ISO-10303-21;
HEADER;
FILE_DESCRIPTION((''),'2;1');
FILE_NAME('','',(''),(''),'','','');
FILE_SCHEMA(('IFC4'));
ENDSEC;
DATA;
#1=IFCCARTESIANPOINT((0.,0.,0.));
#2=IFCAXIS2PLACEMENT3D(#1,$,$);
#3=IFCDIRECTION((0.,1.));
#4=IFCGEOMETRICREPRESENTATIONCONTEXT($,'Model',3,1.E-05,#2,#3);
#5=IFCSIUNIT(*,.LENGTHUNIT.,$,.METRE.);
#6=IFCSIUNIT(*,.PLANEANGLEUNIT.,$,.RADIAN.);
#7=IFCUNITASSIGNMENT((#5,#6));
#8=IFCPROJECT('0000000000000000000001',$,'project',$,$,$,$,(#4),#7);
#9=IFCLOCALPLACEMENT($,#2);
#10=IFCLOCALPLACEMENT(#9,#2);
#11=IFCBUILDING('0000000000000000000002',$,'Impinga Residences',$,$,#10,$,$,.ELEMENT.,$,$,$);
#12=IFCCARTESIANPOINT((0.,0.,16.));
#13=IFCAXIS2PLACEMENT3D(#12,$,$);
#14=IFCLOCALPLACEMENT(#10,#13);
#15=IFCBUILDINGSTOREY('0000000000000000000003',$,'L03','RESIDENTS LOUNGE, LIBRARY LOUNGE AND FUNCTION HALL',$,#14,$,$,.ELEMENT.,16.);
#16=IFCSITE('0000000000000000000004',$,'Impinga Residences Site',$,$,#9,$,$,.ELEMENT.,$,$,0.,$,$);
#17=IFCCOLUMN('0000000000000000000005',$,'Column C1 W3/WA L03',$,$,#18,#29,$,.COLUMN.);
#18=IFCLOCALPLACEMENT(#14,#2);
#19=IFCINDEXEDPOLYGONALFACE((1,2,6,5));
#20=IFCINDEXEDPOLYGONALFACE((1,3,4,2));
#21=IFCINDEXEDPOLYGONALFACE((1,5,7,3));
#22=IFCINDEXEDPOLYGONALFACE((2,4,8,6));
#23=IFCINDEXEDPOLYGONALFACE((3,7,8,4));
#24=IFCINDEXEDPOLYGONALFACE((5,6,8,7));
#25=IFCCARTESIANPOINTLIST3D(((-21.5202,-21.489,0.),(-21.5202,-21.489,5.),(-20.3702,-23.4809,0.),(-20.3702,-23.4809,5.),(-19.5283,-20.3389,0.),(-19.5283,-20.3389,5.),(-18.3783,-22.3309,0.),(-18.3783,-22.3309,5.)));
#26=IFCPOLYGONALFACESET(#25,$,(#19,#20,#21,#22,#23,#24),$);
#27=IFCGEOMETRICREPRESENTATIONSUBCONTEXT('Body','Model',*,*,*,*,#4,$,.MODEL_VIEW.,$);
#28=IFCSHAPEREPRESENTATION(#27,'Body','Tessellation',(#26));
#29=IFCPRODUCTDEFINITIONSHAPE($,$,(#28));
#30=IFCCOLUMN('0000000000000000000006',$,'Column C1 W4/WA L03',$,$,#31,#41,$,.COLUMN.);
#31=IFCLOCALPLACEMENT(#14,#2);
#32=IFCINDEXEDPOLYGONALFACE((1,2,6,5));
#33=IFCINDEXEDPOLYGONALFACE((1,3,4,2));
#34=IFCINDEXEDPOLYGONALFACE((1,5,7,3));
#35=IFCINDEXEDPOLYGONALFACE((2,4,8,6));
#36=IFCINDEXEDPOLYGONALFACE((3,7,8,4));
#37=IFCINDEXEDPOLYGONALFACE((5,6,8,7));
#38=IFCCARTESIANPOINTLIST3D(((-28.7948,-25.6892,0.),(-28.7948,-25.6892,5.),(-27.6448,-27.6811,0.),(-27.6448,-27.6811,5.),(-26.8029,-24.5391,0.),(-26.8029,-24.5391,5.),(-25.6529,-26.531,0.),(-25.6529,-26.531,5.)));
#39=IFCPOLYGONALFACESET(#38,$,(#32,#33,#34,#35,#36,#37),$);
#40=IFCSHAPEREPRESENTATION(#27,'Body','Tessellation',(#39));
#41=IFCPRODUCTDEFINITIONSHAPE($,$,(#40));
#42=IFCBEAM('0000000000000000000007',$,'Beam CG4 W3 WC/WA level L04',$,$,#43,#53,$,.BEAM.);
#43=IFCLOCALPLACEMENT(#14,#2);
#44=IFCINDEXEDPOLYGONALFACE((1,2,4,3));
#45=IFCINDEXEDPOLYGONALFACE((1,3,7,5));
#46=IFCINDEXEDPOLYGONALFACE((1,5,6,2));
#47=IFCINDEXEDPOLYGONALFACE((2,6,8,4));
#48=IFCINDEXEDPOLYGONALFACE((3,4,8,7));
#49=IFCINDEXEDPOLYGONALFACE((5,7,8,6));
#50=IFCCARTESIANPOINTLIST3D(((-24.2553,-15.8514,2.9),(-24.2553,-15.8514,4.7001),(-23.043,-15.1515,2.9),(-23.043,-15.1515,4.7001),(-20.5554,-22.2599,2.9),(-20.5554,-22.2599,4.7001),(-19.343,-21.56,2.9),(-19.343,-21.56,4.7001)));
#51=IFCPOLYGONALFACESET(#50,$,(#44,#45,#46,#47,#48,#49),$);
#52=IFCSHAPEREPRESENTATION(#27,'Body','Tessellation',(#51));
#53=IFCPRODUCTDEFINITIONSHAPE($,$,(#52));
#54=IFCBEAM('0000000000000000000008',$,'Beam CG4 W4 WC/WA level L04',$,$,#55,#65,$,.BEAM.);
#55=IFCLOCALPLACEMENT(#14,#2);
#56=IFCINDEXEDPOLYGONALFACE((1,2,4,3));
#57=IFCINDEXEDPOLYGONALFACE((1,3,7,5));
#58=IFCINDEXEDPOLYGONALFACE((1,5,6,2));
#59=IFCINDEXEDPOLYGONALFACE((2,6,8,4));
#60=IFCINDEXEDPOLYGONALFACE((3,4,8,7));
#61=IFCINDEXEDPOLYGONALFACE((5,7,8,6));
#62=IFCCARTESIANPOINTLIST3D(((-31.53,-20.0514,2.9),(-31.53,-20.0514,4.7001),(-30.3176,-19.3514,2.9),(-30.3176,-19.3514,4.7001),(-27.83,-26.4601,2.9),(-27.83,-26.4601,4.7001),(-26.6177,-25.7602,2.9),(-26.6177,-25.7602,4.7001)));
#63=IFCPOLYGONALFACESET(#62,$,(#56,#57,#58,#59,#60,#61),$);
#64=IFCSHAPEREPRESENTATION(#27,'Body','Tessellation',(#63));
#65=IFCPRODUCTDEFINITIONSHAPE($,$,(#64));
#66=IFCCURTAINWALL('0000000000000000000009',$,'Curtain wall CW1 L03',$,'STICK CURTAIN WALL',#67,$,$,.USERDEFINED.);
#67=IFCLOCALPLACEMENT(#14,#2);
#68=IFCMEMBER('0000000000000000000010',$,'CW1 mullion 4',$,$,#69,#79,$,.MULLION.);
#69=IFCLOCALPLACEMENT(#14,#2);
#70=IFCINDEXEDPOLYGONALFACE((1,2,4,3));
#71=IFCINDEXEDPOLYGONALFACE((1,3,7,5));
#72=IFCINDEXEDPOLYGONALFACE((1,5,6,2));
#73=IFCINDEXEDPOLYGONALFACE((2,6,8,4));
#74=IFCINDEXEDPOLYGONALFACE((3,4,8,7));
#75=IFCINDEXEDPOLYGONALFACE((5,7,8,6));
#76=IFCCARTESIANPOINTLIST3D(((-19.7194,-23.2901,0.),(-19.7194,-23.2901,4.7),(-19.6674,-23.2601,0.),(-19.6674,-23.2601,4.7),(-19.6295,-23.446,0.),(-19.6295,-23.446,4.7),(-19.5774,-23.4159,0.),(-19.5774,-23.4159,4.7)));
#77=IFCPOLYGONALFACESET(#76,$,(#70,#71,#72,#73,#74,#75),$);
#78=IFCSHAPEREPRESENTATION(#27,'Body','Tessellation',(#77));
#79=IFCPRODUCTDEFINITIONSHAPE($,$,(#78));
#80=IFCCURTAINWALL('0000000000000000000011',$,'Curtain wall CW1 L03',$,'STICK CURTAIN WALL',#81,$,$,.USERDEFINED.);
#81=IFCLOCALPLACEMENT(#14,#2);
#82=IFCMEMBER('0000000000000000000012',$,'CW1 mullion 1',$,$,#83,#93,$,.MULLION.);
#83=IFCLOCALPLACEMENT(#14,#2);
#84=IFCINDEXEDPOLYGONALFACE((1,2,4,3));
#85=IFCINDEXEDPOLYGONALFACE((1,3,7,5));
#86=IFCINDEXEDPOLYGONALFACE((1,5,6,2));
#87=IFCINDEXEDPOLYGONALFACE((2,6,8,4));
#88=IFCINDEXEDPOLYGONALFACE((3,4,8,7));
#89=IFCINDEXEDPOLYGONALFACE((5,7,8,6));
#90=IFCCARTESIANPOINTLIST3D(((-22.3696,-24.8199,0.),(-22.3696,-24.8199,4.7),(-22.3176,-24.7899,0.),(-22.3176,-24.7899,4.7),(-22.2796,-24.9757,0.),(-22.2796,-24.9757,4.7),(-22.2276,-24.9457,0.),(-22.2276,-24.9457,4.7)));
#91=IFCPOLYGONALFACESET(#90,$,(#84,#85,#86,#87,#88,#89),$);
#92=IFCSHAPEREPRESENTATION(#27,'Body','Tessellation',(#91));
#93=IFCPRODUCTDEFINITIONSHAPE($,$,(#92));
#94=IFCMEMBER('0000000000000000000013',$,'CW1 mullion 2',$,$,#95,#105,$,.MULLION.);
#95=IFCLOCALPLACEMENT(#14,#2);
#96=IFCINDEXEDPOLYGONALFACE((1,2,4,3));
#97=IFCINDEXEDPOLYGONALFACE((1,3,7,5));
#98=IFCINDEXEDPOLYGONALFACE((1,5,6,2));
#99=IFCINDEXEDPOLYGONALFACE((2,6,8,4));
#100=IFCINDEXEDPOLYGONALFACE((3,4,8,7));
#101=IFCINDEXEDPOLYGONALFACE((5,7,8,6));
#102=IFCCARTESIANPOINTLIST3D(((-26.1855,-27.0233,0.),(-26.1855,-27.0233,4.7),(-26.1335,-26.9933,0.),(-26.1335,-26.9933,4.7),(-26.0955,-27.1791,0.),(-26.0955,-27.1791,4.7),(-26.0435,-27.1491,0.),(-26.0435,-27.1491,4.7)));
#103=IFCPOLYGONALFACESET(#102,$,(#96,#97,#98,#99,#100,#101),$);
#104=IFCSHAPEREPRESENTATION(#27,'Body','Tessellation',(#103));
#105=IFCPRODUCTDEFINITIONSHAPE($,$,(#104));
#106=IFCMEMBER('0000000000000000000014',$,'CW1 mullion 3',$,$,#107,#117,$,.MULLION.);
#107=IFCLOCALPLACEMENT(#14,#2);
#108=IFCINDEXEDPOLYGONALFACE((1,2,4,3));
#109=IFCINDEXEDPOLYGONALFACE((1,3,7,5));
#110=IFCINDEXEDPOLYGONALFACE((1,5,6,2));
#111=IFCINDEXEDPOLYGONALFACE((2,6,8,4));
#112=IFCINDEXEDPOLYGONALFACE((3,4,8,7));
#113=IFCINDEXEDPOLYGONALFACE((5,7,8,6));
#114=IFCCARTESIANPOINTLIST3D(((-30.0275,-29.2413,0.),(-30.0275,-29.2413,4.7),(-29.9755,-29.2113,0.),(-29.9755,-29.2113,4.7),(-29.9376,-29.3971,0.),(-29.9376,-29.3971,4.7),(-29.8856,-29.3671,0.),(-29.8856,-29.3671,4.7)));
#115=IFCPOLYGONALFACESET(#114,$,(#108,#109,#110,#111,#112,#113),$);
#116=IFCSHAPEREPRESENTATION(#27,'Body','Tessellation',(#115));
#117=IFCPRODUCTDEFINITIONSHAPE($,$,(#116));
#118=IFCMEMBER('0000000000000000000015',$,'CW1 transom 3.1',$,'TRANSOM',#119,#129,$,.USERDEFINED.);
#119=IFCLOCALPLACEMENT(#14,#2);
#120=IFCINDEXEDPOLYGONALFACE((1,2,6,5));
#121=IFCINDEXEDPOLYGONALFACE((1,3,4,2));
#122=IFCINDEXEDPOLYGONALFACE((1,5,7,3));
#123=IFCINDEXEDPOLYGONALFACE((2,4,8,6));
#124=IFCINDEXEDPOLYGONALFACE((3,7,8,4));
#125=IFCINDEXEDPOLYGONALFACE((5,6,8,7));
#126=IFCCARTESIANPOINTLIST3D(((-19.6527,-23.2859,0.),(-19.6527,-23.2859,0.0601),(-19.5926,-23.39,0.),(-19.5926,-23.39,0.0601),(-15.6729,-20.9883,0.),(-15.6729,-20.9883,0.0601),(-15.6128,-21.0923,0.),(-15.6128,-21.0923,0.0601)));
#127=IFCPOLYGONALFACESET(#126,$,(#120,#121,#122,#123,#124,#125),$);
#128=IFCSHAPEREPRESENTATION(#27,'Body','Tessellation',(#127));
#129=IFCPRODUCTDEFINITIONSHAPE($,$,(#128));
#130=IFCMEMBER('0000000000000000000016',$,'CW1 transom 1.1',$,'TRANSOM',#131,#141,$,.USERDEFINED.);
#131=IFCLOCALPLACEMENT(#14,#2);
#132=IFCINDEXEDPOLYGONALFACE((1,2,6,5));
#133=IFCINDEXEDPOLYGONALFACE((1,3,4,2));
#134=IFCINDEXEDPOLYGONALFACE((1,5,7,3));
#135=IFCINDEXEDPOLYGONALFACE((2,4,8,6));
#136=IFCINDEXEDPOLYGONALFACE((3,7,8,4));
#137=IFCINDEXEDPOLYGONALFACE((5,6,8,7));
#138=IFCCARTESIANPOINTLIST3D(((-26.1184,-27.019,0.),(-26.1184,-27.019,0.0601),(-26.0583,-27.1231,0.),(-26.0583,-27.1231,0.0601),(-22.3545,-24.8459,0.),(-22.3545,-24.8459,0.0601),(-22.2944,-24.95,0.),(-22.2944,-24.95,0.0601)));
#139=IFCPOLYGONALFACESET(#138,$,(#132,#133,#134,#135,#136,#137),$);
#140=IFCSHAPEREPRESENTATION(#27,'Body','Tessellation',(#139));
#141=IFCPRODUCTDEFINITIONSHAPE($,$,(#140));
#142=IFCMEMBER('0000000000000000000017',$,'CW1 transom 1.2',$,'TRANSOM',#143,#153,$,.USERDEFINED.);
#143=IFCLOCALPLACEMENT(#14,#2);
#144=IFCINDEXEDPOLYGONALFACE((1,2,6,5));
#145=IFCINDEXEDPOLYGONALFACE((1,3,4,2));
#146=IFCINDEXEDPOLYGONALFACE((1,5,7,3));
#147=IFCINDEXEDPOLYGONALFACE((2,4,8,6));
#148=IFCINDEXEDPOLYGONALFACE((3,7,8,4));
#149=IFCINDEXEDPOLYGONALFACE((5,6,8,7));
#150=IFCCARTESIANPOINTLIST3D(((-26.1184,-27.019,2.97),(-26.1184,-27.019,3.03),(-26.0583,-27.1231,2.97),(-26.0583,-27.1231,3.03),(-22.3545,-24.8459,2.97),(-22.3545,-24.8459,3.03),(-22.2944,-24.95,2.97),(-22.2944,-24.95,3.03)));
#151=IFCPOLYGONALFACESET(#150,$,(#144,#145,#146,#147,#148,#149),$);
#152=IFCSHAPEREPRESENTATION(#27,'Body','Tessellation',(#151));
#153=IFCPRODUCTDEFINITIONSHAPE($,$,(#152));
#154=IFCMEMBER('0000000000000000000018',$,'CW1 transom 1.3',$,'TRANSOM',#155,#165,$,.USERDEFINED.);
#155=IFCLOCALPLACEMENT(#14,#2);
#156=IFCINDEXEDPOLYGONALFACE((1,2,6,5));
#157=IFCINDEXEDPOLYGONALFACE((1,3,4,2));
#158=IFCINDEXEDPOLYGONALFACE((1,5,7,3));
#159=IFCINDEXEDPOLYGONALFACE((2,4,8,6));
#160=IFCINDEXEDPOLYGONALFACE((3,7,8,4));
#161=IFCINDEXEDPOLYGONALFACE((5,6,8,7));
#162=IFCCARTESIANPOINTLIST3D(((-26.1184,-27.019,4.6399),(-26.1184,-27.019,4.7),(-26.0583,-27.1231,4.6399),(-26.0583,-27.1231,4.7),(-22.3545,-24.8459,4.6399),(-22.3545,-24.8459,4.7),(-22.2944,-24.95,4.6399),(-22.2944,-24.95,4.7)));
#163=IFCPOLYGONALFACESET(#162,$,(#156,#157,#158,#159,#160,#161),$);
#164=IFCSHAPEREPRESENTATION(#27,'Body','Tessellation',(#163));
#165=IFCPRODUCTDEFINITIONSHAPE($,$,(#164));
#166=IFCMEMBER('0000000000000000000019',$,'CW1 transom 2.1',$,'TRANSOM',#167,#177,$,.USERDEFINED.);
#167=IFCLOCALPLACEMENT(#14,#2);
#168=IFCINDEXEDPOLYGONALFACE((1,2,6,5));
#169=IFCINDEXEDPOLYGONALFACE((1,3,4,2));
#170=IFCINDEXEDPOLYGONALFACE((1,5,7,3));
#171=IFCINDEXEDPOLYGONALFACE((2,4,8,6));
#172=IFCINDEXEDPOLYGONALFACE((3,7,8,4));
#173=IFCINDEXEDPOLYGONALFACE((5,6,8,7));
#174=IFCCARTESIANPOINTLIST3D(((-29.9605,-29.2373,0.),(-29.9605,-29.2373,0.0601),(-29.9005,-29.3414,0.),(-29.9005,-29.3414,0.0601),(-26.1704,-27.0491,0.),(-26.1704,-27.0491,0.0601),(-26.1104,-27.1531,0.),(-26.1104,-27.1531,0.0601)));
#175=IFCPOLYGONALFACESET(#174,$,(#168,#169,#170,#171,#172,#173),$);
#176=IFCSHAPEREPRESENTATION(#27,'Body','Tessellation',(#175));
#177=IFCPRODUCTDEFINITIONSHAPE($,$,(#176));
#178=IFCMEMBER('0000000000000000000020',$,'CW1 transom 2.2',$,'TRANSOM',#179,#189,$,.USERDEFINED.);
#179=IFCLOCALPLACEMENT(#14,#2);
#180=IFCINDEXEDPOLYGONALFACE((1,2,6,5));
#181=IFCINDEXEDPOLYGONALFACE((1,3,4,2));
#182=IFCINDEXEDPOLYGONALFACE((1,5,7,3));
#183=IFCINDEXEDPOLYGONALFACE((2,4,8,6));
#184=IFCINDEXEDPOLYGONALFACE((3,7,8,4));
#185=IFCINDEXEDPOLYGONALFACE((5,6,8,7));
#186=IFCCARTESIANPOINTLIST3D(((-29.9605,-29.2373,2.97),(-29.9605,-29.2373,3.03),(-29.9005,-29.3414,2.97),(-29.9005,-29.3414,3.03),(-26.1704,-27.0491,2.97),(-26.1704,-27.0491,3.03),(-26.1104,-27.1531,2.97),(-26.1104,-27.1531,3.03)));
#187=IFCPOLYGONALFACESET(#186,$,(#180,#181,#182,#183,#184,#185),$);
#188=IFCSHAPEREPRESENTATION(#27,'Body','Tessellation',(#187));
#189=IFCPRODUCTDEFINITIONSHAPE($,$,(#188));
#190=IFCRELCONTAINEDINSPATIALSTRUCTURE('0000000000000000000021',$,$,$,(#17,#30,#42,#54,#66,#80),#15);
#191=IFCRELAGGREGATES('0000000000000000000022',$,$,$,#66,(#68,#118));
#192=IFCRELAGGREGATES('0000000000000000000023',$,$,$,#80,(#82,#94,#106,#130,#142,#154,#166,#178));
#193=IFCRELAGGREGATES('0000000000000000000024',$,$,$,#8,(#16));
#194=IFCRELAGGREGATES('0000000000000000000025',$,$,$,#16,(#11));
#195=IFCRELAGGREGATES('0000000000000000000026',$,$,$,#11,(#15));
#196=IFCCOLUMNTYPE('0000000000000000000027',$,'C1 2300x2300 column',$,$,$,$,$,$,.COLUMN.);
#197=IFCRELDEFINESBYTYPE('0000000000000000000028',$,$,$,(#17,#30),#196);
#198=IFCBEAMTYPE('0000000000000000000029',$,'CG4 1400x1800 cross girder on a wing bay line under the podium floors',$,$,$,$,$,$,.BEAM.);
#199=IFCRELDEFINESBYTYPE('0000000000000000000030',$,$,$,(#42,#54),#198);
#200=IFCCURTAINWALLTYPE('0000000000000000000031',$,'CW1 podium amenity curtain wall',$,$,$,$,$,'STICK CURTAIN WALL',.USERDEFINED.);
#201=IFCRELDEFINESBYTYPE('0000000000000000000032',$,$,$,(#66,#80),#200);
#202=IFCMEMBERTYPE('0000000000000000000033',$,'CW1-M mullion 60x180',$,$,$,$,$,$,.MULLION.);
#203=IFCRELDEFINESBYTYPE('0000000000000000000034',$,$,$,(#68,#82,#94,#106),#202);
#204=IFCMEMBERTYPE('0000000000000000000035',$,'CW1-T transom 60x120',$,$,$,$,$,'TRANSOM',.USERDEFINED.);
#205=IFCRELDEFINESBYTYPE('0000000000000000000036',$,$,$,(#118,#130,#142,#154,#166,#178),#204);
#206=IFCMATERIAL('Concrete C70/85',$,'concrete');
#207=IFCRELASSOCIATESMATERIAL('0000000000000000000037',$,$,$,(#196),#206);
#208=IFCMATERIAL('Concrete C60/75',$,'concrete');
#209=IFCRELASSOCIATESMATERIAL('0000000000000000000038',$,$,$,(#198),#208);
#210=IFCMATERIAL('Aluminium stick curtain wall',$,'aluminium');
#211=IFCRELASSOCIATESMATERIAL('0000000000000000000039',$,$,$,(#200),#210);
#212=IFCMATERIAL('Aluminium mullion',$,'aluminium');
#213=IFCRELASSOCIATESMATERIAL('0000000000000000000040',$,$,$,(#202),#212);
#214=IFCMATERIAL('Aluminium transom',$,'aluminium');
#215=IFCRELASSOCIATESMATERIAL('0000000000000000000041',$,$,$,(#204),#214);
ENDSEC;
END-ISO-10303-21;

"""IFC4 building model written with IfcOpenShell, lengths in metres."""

from ifc_helpers import new_model, si_unit, direction, frame, origin, origin_2d, place, context, subcontext, project, spatial, rectangle, extrude, material, material_profile, profile_set, type_object, element, aggregate, save


model = new_model("IFC4")

# Units and contexts
model_context = context("Model", 3, precision=1e-05, world=origin(), true_north=direction((0.0, 1.0)))
body_context = subcontext(model_context, "Body", "Model", "MODEL_VIEW")
ifc_project = project(units=[si_unit("LENGTHUNIT", "METRE"), si_unit("PLANEANGLEUNIT", "RADIAN")], contexts=[model_context])

# Site, building, storey
site_placement = place(None, origin())
site = spatial("IfcSite", under=ifc_project, at=site_placement, Name="Impinga Residences Site", CompositionType="ELEMENT", RefElevation=0.0)
building_placement = place(site_placement, origin())
building = spatial("IfcBuilding", under=site, at=building_placement, Name="Impinga Residences", CompositionType="ELEMENT")
storey_placement = place(building_placement, frame((0.0, 0.0, 16.0)))
storey = spatial("IfcBuildingStorey", under=building, at=storey_placement, Name="L03", Description="RESIDENTS LOUNGE, LIBRARY LOUNGE AND FUNCTION HALL", CompositionType="ELEMENT", Elevation=16.0)

# Columns
ifc_material_1 = material(Name="Concrete C70/85", Category="concrete")
ifc_material_profile_1 = material_profile(ifc_material_1, rectangle(XDim=2.3, YDim=2.3, at=origin_2d()), Name="RC 2300x2300")
ifc_profile_set_1 = profile_set([ifc_material_profile_1], Name="Concrete C70/85")
column_type = type_object("IfcColumnType", Name="C1 2300x2300 column", PredefinedType="COLUMN", material=ifc_profile_set_1)
for number, where, z_axis, x_axis, name in (
    (1, (-19.9492, -21.9099, 0.0), (0.0, 0.0, 1.0), (-0.5, 0.866025, 0.0), "Column C1 W3/WA L03"),
    (2, (-27.2239, -26.1101, 0.0), (0.0, 0.0, 1.0), (-0.5, 0.866025, 0.0), "Column C1 W4/WA L03"),
):
    element("IfcColumn", number, at=place(storey_placement, frame(where, z_axis=z_axis, x_axis=x_axis)), inside=storey, type_object=column_type, Name=name, PredefinedType="COLUMN", context=body_context, shape_type="SweptSolid", body=[
        extrude(rectangle(XDim=2.3, YDim=2.3, at=origin_2d()), origin(), (0.0, 0.0, 1.0), 5.0),
    ])

# Beams
ifc_material_2 = material(Name="Concrete C60/75", Category="concrete")
ifc_material_profile_2 = material_profile(ifc_material_2, rectangle(XDim=1.3999, YDim=1.8, at=origin_2d()), Name="RC 1400x1800")
ifc_profile_set_2 = profile_set([ifc_material_profile_2], Name="Concrete C60/75")
beam_type_1 = type_object("IfcBeamType", Name="CG4 1400x1800 cross girder on a wing bay line under the podium floors", PredefinedType="BEAM", material=ifc_profile_set_2)
beam_1_placement = place(storey_placement, frame((-23.6492, -15.5015, 3.8), z_axis=(0.500003, -0.866024, 0.0), x_axis=(0.866024, 0.500003, 0.0)))
element("IfcBeam", 3, at=beam_1_placement, inside=storey, type_object=beam_type_1, Name="Beam CG4 W3 WC/WA level L04", PredefinedType="BEAM", context=body_context, shape_type="SweptSolid", body=[
    extrude(rectangle(XDim=1.3999, YDim=1.8, at=origin_2d()), origin(), (0.0, 0.0, 1.0), 7.3999),
])
beam_2_placement = place(storey_placement, frame((-30.9238, -19.7014, 3.8), z_axis=(0.499989, -0.866032, 0.0), x_axis=(0.866032, 0.499989, 0.0)))
element("IfcBeam", 4, at=beam_2_placement, inside=storey, type_object=beam_type_1, Name="Beam CG4 W4 WC/WA level L04", PredefinedType="BEAM", context=body_context, shape_type="SweptSolid", body=[
    extrude(rectangle(XDim=1.3999, YDim=1.8, at=origin_2d()), origin(), (0.0, 0.0, 1.0), 7.4001),
])

# Curtain wall, member
ifc_material_3 = material(Name="Aluminium stick curtain wall", Category="aluminium")
curtain_wall_type = type_object("IfcCurtainWallType", Name="CW1 podium amenity curtain wall", ElementType="STICK CURTAIN WALL", PredefinedType="USERDEFINED", material=ifc_material_3)
curtain_wall_1_placement = place(storey_placement, origin())
curtain_wall_1 = element("IfcCurtainWall", 5, at=curtain_wall_1_placement, inside=storey, type_object=curtain_wall_type, Name="Curtain wall CW1 L03", ObjectType="STICK CURTAIN WALL", PredefinedType="USERDEFINED")
ifc_material_4 = material(Name="Aluminium mullion", Category="aluminium")
ifc_material_profile_3 = material_profile(ifc_material_4, rectangle(XDim=0.0601, YDim=0.1799, at=origin_2d()), Name="60x180 mullion")
ifc_profile_set_3 = profile_set([ifc_material_profile_3], Name="Aluminium mullion")
member_type_1 = type_object("IfcMemberType", Name="CW1-M mullion 60x180", PredefinedType="MULLION", material=ifc_profile_set_3)
member_1_placement = place(storey_placement, frame((-19.6484, -23.353, 0.0), z_axis=(0.0, 0.0, 1.0), x_axis=(-0.866025, -0.5, 0.0)))
member_1 = element("IfcMember", 6, at=member_1_placement, type_object=member_type_1, Name="CW1 mullion 4", PredefinedType="MULLION", context=body_context, shape_type="SweptSolid", body=[
    extrude(rectangle(XDim=0.0601, YDim=0.1799, at=origin_2d()), origin(), (0.0, 0.0, 1.0), 4.7),
])

# Curtain wall, members
curtain_wall_2_placement = place(storey_placement, origin())
curtain_wall_2 = element("IfcCurtainWall", 7, at=curtain_wall_2_placement, inside=storey, type_object=curtain_wall_type, Name="Curtain wall CW1 L03", ObjectType="STICK CURTAIN WALL", PredefinedType="USERDEFINED")
member_2_placement = place(storey_placement, frame((-22.2986, -24.8828, 0.0), z_axis=(0.0, 0.0, 1.0), x_axis=(-0.866025, -0.5, 0.0)))
member_2 = element("IfcMember", 8, at=member_2_placement, type_object=member_type_1, Name="CW1 mullion 1", PredefinedType="MULLION", context=body_context, shape_type="SweptSolid", body=[
    extrude(rectangle(XDim=0.0601, YDim=0.1799, at=origin_2d()), origin(), (0.0, 0.0, 1.0), 4.7),
])
member_3_placement = place(storey_placement, frame((-26.1145, -27.0862, 0.0), z_axis=(0.0, 0.0, 1.0), x_axis=(-0.866025, -0.5, 0.0)))
member_3 = element("IfcMember", 9, at=member_3_placement, type_object=member_type_1, Name="CW1 mullion 2", PredefinedType="MULLION", context=body_context, shape_type="SweptSolid", body=[
    extrude(rectangle(XDim=0.0601, YDim=0.1799, at=origin_2d()), origin(), (0.0, 0.0, 1.0), 4.7),
])
member_4_placement = place(storey_placement, frame((-29.9565, -29.3042, 0.0), z_axis=(0.0, 0.0, 1.0), x_axis=(-0.866025, -0.5, 0.0)))
member_4 = element("IfcMember", 10, at=member_4_placement, type_object=member_type_1, Name="CW1 mullion 3", PredefinedType="MULLION", context=body_context, shape_type="SweptSolid", body=[
    extrude(rectangle(XDim=0.0601, YDim=0.1799, at=origin_2d()), origin(), (0.0, 0.0, 1.0), 4.7),
])

# Members
ifc_material_5 = material(Name="Aluminium transom", Category="aluminium")
ifc_material_profile_4 = material_profile(ifc_material_5, rectangle(XDim=0.0601, YDim=0.1201, at=origin_2d()), Name="60x120 transom")
ifc_profile_set_4 = profile_set([ifc_material_profile_4], Name="Aluminium transom")
member_type_2 = type_object("IfcMemberType", Name="CW1-T transom 60x120", ElementType="TRANSOM", PredefinedType="USERDEFINED", material=ifc_profile_set_4)
member_5_placement = place(storey_placement, frame((-15.6428, -21.0403, 0.03), z_axis=(-0.866034, -0.499985, 0.0), x_axis=(0.0, 0.0, 1.0)))
member_5 = element("IfcMember", 11, at=member_5_placement, type_object=member_type_2, Name="CW1 transom 3.1", ObjectType="TRANSOM", PredefinedType="USERDEFINED", context=body_context, shape_type="SweptSolid", body=[
    extrude(rectangle(XDim=0.0601, YDim=0.1201, at=origin_2d()), origin(), (0.0, 0.0, 1.0), 4.5955),
])
member_6_placement = place(storey_placement, frame((-22.3245, -24.8979, 0.03), z_axis=(-0.866026, -0.5, 0.0), x_axis=(0.0, 0.0, 1.0)))
member_6 = element("IfcMember", 12, at=member_6_placement, type_object=member_type_2, Name="CW1 transom 1.1", ObjectType="TRANSOM", PredefinedType="USERDEFINED", context=body_context, shape_type="SweptSolid", body=[
    extrude(rectangle(XDim=0.0601, YDim=0.1201, at=origin_2d()), origin(), (0.0, 0.0, 1.0), 4.3462),
])
member_7_placement = place(storey_placement, frame((-22.3245, -24.8979, 3.0), z_axis=(-0.866026, -0.5, 0.0), x_axis=(0.0, 0.0, 1.0)))
member_7 = element("IfcMember", 13, at=member_7_placement, type_object=member_type_2, Name="CW1 transom 1.2", ObjectType="TRANSOM", PredefinedType="USERDEFINED", context=body_context, shape_type="SweptSolid", body=[
    extrude(rectangle(XDim=0.0601, YDim=0.1201, at=origin_2d()), origin(), (0.0, 0.0, 1.0), 4.3462),
])
member_8_placement = place(storey_placement, frame((-22.3245, -24.8979, 4.6699), z_axis=(-0.866026, -0.5, 0.0), x_axis=(0.0, 0.0, 1.0)))
member_8 = element("IfcMember", 14, at=member_8_placement, type_object=member_type_2, Name="CW1 transom 1.3", ObjectType="TRANSOM", PredefinedType="USERDEFINED", context=body_context, shape_type="SweptSolid", body=[
    extrude(rectangle(XDim=0.0601, YDim=0.1201, at=origin_2d()), origin(), (0.0, 0.0, 1.0), 4.3462),
])
member_9_placement = place(storey_placement, frame((-26.1404, -27.1011, 0.03), z_axis=(-0.86602, -0.500009, 0.0), x_axis=(0.0, 0.0, 1.0)))
member_9 = element("IfcMember", 15, at=member_9_placement, type_object=member_type_2, Name="CW1 transom 2.1", ObjectType="TRANSOM", PredefinedType="USERDEFINED", context=body_context, shape_type="SweptSolid", body=[
    extrude(rectangle(XDim=0.0601, YDim=0.1201, at=origin_2d()), origin(), (0.0, 0.0, 1.0), 4.3765),
])
member_10_placement = place(storey_placement, frame((-26.1404, -27.1011, 3.0), z_axis=(-0.86602, -0.500009, 0.0), x_axis=(0.0, 0.0, 1.0)))
member_10 = element("IfcMember", 16, at=member_10_placement, type_object=member_type_2, Name="CW1 transom 2.2", ObjectType="TRANSOM", PredefinedType="USERDEFINED", context=body_context, shape_type="SweptSolid", body=[
    extrude(rectangle(XDim=0.0601, YDim=0.1201, at=origin_2d()), origin(), (0.0, 0.0, 1.0), 4.3765),
])

aggregate(curtain_wall_1, [member_1, member_5])
aggregate(curtain_wall_2, [member_2, member_3, member_4, member_6, member_7, member_8, member_9, member_10])

save(model, "model.ifc")
